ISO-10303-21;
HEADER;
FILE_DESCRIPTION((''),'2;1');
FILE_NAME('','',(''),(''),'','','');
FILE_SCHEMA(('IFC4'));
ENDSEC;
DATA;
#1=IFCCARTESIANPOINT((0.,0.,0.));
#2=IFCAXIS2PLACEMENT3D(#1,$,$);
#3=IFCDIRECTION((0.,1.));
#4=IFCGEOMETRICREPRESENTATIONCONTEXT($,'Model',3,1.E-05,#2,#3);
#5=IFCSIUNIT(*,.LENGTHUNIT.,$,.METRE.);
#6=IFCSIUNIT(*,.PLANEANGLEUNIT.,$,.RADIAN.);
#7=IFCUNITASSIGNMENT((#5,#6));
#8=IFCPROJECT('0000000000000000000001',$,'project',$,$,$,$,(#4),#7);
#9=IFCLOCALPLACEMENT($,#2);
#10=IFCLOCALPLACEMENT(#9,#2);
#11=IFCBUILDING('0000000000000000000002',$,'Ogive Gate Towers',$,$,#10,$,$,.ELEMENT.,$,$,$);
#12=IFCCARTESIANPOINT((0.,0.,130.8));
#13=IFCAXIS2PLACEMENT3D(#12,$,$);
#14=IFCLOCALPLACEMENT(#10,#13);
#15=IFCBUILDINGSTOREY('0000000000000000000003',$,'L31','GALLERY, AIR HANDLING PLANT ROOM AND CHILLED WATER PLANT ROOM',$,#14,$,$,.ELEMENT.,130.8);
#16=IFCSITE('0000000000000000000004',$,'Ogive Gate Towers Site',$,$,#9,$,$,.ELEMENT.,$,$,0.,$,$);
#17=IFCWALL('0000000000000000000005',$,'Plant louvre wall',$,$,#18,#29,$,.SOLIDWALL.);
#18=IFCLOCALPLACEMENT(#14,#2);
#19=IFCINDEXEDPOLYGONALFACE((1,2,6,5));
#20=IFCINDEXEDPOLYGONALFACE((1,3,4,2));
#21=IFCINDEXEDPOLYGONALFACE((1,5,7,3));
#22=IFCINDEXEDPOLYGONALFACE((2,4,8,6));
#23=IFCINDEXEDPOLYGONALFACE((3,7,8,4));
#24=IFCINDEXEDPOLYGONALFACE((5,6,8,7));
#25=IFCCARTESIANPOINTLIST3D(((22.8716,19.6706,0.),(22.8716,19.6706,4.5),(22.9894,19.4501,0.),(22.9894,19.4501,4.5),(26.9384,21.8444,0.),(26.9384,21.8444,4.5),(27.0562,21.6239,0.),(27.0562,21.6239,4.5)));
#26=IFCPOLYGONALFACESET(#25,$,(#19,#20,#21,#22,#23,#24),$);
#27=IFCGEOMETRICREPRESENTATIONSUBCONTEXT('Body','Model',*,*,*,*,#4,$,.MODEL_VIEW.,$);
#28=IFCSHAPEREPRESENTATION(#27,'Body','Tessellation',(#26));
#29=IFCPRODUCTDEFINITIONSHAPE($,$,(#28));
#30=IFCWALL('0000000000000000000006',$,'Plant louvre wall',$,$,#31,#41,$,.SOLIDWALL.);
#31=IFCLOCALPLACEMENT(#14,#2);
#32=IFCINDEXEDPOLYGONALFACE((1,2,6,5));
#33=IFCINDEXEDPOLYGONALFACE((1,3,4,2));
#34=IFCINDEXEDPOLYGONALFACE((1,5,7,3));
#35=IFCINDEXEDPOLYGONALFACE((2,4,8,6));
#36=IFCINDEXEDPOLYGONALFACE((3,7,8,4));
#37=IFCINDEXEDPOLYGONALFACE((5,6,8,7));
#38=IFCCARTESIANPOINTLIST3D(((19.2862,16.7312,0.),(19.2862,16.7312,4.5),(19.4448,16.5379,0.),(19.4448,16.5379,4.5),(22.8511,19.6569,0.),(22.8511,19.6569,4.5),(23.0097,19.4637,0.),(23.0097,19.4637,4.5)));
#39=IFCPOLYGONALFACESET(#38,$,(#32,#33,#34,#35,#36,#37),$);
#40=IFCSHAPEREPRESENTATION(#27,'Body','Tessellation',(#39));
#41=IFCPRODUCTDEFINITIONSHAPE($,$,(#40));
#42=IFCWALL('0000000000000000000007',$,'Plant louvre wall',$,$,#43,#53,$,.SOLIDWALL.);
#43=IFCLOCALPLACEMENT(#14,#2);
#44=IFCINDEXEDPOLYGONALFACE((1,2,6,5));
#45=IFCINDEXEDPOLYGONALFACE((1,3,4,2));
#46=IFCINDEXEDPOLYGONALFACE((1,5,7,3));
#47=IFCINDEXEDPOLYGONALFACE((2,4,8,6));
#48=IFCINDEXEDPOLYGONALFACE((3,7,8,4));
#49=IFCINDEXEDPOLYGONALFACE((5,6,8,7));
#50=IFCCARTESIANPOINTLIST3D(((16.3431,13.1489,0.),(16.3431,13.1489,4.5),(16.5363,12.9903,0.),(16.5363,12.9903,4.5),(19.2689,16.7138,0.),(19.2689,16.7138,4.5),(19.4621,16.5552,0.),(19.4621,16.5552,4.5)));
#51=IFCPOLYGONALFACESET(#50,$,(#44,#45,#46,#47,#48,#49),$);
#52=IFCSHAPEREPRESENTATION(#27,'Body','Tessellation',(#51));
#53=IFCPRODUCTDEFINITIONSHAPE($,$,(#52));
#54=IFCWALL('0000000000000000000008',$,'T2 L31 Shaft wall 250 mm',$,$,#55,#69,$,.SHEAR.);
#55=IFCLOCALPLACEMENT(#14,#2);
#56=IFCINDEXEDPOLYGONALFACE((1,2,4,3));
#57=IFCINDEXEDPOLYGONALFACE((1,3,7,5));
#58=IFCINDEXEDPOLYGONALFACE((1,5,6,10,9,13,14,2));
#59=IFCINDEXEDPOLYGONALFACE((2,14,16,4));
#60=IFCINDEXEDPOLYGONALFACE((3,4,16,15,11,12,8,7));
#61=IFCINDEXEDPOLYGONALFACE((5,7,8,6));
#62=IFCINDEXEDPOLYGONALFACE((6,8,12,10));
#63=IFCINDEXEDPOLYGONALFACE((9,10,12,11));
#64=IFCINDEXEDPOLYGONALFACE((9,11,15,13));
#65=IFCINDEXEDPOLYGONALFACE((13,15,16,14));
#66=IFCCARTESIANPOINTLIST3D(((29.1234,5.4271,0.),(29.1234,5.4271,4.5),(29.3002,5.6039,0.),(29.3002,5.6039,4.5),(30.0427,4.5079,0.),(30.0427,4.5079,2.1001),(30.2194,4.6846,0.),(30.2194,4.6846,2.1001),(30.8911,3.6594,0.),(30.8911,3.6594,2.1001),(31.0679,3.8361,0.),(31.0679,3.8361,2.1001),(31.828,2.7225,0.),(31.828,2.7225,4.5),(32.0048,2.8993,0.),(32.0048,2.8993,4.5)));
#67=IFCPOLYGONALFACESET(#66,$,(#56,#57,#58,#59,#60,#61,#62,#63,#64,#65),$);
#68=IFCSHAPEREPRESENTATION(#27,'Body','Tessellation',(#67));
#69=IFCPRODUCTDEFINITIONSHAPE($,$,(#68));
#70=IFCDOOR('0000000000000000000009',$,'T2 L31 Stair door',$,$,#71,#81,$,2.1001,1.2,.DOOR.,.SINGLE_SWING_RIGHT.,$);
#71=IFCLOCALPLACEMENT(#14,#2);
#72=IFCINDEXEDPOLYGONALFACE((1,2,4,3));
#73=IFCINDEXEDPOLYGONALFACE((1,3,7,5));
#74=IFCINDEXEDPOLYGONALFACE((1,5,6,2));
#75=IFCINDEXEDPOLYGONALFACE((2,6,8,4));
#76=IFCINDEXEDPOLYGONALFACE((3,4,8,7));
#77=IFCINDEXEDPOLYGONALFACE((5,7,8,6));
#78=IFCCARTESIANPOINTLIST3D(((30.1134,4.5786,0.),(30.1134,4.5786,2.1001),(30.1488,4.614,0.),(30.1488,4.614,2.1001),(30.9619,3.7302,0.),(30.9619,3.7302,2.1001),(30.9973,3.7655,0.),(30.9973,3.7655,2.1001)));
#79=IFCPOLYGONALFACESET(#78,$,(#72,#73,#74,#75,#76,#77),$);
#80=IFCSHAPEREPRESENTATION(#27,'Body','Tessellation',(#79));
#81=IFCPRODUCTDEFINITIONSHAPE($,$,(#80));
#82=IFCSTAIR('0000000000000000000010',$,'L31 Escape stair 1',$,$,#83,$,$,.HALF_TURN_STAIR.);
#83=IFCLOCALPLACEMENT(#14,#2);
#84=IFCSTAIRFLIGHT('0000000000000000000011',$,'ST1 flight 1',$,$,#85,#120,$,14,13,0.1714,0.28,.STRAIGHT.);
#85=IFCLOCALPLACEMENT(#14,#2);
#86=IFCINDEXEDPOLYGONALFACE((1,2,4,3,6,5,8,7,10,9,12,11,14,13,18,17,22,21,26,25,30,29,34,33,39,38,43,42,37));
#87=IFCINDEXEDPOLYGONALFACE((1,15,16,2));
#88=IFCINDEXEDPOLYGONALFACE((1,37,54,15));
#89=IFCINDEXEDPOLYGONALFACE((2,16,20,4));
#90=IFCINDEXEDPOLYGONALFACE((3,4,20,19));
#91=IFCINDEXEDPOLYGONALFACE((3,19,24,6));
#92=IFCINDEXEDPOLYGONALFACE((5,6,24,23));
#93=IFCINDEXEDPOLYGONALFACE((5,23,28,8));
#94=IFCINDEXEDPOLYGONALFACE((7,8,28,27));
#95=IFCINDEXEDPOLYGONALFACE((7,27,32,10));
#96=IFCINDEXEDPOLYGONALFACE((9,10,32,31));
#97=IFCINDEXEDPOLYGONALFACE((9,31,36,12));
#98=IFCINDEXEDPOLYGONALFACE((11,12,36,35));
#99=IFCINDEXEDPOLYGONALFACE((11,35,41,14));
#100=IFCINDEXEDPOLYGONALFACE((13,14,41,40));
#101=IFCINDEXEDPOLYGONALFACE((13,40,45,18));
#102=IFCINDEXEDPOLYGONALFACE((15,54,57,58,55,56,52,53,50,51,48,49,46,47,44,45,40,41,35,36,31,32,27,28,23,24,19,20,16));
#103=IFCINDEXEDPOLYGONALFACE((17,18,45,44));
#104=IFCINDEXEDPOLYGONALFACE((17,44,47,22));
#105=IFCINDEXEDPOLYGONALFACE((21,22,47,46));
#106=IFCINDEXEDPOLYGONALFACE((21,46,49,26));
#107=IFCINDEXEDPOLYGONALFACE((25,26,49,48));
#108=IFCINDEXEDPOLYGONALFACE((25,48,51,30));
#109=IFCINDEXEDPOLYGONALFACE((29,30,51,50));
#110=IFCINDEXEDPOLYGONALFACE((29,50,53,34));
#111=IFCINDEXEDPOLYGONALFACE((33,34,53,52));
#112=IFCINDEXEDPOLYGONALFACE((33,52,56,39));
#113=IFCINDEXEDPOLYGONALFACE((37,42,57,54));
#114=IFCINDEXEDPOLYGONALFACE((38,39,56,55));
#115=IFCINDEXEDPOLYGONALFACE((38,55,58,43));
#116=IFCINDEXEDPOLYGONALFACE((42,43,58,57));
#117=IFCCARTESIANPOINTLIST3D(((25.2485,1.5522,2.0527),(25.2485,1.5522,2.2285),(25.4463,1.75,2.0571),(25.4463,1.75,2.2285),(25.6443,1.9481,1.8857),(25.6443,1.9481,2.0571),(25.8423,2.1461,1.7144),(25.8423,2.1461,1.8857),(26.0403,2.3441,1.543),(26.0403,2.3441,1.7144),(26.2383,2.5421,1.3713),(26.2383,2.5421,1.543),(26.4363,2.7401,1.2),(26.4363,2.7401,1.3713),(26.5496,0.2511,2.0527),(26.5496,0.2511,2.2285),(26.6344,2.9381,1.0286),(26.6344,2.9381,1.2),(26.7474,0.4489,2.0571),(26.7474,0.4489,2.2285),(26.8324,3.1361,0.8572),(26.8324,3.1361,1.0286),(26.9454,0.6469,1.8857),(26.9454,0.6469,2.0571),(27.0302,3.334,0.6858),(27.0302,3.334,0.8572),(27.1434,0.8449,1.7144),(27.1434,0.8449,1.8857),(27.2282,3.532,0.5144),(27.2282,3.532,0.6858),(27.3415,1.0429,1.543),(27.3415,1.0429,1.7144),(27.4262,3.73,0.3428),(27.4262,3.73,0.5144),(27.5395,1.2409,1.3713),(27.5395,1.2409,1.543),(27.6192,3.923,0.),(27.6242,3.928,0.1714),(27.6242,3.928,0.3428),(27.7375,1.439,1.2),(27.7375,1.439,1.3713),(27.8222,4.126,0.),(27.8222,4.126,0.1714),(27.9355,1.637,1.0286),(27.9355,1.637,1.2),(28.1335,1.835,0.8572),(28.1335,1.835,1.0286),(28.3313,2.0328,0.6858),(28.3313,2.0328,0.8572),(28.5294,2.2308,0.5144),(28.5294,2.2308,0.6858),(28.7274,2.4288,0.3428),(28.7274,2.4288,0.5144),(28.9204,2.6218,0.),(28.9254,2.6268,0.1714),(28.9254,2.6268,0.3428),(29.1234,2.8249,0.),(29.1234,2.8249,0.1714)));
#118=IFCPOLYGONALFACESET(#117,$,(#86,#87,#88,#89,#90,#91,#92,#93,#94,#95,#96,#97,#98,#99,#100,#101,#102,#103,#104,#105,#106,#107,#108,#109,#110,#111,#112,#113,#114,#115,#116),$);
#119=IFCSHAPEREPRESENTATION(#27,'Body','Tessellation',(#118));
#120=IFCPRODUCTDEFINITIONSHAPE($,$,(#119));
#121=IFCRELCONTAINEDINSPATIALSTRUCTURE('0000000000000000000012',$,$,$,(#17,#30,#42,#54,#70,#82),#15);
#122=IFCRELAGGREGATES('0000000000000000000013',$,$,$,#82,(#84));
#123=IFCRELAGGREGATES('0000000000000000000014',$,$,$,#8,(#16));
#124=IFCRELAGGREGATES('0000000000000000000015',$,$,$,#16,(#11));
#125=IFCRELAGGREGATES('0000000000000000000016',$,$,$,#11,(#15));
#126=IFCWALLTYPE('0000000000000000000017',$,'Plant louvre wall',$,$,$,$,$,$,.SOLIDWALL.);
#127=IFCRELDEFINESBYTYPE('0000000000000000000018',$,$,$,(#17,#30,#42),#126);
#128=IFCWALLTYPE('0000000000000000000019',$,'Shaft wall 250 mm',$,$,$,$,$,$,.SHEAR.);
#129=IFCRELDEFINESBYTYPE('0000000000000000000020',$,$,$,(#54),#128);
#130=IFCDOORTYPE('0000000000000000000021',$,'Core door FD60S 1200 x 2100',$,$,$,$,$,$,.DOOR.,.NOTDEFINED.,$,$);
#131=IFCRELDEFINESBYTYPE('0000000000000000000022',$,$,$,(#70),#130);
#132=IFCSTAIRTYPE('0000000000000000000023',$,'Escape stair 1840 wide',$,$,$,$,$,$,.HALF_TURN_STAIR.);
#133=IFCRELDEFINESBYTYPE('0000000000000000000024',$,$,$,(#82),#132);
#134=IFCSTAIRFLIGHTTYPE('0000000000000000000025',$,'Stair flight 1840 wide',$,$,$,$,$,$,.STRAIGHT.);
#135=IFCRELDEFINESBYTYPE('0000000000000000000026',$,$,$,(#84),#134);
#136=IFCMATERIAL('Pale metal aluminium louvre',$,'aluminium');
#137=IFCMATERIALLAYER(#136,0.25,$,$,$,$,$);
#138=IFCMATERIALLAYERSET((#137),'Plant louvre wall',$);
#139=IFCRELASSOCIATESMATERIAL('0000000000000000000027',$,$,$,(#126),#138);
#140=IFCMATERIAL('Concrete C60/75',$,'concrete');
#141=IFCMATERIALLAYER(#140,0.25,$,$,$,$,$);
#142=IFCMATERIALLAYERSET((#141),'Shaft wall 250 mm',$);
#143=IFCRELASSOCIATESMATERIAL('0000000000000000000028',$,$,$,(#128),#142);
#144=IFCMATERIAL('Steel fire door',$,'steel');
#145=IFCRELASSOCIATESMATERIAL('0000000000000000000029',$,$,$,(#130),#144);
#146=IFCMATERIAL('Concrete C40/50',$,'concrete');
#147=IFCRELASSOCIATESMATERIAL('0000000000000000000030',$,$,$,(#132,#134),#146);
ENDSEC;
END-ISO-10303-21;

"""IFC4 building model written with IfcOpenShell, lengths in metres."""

from ifc_helpers import new_model, si_unit, direction, frame, frame_2d, origin, place, context, subcontext, project, spatial, polyline, rectangle, outline, extrude, material, layer, layer_set, type_object, element, fill, aggregate, save


model = new_model("IFC4")

# Units and contexts
model_context = context("Model", 3, precision=1e-05, world=origin(), true_north=direction((0.0, 1.0)))
body_context = subcontext(model_context, "Body", "Model", "MODEL_VIEW")
ifc_project = project(units=[si_unit("LENGTHUNIT", "METRE"), si_unit("PLANEANGLEUNIT", "RADIAN")], contexts=[model_context])

# Site, building, storey
site_placement = place(None, origin())
site = spatial("IfcSite", under=ifc_project, at=site_placement, Name="Ogive Gate Towers Site", CompositionType="ELEMENT", RefElevation=0.0)
building_placement = place(site_placement, origin())
building = spatial("IfcBuilding", under=site, at=building_placement, Name="Ogive Gate Towers", CompositionType="ELEMENT")
storey_placement = place(building_placement, frame((0.0, 0.0, 130.8)))
storey = spatial("IfcBuildingStorey", under=building, at=storey_placement, Name="L31", Description="GALLERY, AIR HANDLING PLANT ROOM AND CHILLED WATER PLANT ROOM", CompositionType="ELEMENT", Elevation=130.8)

# Shared definitions
ifc_material_1 = material(Name="Concrete C40/50", Category="concrete")

# Walls
ifc_material_2 = material(Name="Concrete C60/75", Category="concrete")
ifc_material_3 = material(Name="Pale metal aluminium louvre", Category="aluminium")
ifc_layer_1 = layer(ifc_material_3, 0.25)
ifc_layer_set_1 = layer_set([ifc_layer_1], Name="Plant louvre wall")
wall_type_1 = type_object("IfcWallType", Name="Plant louvre wall", PredefinedType="SOLIDWALL", material=ifc_layer_set_1)
wall_1_placement = place(storey_placement, frame((26.9973, 21.7341, 0.0), z_axis=(0.0, 0.0, 1.0), x_axis=(-0.881919, -0.471401, 0.0)))
element("IfcWall", 1, at=wall_1_placement, inside=storey, type_object=wall_type_1, Name="Plant louvre wall", PredefinedType="SOLIDWALL", context=body_context, shape_type="SweptSolid", body=[
    extrude(rectangle(XDim=4.6113, YDim=0.25, at=frame_2d((2.3057, 0.0))), origin(), (0.0, 0.0, 1.0), 4.5),
])
for number, where, z_axis, x_axis, name in (
    (2, (22.9304, 19.5603, 0.0), (0.0, 0.0, 1.0), (-0.772999, -0.634407, 0.0), "Plant louvre wall"),
    (3, (19.3655, 16.6345, 0.0), (0.0, 0.0, 1.0), (-0.634407, -0.772999, 0.0), "Plant louvre wall"),
):
    element("IfcWall", number, at=place(storey_placement, frame(where, z_axis=z_axis, x_axis=x_axis)), inside=storey, type_object=wall_type_1, Name=name, PredefinedType="SOLIDWALL", context=body_context, shape_type="SweptSolid", body=[
        extrude(rectangle(XDim=4.6118, YDim=0.25, at=frame_2d((2.3059, 0.0))), origin(), (0.0, 0.0, 1.0), 4.5),
    ])

# Wall, opening, door
ifc_layer_2 = layer(ifc_material_2, 0.25)
ifc_layer_set_2 = layer_set([ifc_layer_2], Name="Shaft wall 250 mm")
wall_type_2 = type_object("IfcWallType", Name="Shaft wall 250 mm", PredefinedType="SHEAR", material=ifc_layer_set_2)
wall_2_placement = place(storey_placement, frame((31.9165, 2.8108, 0.0), z_axis=(0.0, 0.0, 1.0), x_axis=(-0.707107, 0.707107, 0.0)))
wall_2 = element("IfcWall", 4, at=wall_2_placement, inside=storey, type_object=wall_type_2, Name="T2 L31 Shaft wall 250 mm", PredefinedType="SHEAR", context=body_context, shape_type="SweptSolid", body=[
    extrude(rectangle(XDim=3.825, YDim=0.25, at=frame_2d((1.9126, 0.0))), origin(), (0.0, 0.0, 1.0), 4.5),
])
opening_placement = place(wall_2_placement, frame((1.325, 0.0, 0.0)))
opening = element("IfcOpeningElement", 5, at=opening_placement, cuts=wall_2, PredefinedType="OPENING", context=body_context, shape_type="SweptSolid", body=[
    extrude(rectangle(XDim=1.2, YDim=2.1001, at=frame_2d((0.6001, 1.05))), frame((0.0, 0.135, 0.0), z_axis=(0.0, -1.0, 0.0), x_axis=(1.0, 0.0, 0.0)), (0.0, 0.0, 1.0), 0.27),
])
ifc_material_4 = material(Name="Steel fire door", Category="steel")
door_type = type_object("IfcDoorType", Name="Core door FD60S 1200 x 2100", OperationType="NOTDEFINED", PredefinedType="DOOR", material=ifc_material_4)
door_placement = place(opening_placement, origin())
door = element("IfcDoor", 6, at=door_placement, inside=storey, type_object=door_type, Name="T2 L31 Stair door", OperationType="SINGLE_SWING_RIGHT", OverallHeight=2.1001, OverallWidth=1.2, PredefinedType="DOOR", context=body_context, shape_type="SweptSolid", body=[
    extrude(rectangle(XDim=1.2, YDim=2.1001, at=frame_2d((0.6001, 1.05))), frame((0.0, 0.0249, 0.0), z_axis=(0.0, -1.0, 0.0), x_axis=(1.0, 0.0, 0.0)), (0.0, 0.0, 1.0), 0.05),
])
fill(opening, door)

# Stair, stair flight
stair_type = type_object("IfcStairType", Name="Escape stair 1840 wide", PredefinedType="HALF_TURN_STAIR", material=ifc_material_1)
stair_placement = place(storey_placement, origin())
stair = element("IfcStair", 7, at=stair_placement, inside=storey, type_object=stair_type, Name="L31 Escape stair 1", PredefinedType="HALF_TURN_STAIR")
stair_flight_type = type_object("IfcStairFlightType", Name="Stair flight 1840 wide", PredefinedType="STRAIGHT", material=ifc_material_1)
stair_flight_placement = place(storey_placement, frame((28.4729, 3.4753, 0.0), z_axis=(0.0, 0.0, 1.0), x_axis=(-0.707107, -0.707107, 0.0)))
stair_flight = element("IfcStairFlight", 8, at=stair_flight_placement, type_object=stair_flight_type, Name="ST1 flight 1", NumberOfRisers=14, NumberOfTreads=13, PredefinedType="STRAIGHT", RiserHeight=0.1714, TreadLength=0.28, context=body_context, shape_type="SweptSolid", body=[
    extrude(outline(polyline([(0.0, 0.0), (0.0, 0.1714), (0.28, 0.1714), (0.28, 0.3428), (0.5601, 0.3428), (0.5601, 0.5144), (0.8401, 0.5144), (0.8401, 0.6858), (1.1201, 0.6858), (1.1201, 0.8572), (1.3999, 0.8572), (1.3999, 1.0286), (1.6799, 1.0286), (1.6799, 1.2), (1.96, 1.2), (1.96, 1.3713), (2.24, 1.3713), (2.24, 1.543), (2.52, 1.543), (2.52, 1.7144), (2.8, 1.7144), (2.8, 1.8857), (3.0801, 1.8857), (3.0801, 2.0571), (3.3601, 2.0571), (3.3601, 2.2285), (3.6399, 2.2285), (3.6399, 2.3999), (3.6399, 2.0527), (0.2871, 0.0), (0.0, 0.0)])), frame((0.0, 0.9199, 0.0), z_axis=(0.0, -1.0, 0.0), x_axis=(1.0, 0.0, 0.0)), (0.0, 0.0, 1.0), 1.8401),
])
aggregate(stair, [stair_flight])

save(model, "model.ifc")
